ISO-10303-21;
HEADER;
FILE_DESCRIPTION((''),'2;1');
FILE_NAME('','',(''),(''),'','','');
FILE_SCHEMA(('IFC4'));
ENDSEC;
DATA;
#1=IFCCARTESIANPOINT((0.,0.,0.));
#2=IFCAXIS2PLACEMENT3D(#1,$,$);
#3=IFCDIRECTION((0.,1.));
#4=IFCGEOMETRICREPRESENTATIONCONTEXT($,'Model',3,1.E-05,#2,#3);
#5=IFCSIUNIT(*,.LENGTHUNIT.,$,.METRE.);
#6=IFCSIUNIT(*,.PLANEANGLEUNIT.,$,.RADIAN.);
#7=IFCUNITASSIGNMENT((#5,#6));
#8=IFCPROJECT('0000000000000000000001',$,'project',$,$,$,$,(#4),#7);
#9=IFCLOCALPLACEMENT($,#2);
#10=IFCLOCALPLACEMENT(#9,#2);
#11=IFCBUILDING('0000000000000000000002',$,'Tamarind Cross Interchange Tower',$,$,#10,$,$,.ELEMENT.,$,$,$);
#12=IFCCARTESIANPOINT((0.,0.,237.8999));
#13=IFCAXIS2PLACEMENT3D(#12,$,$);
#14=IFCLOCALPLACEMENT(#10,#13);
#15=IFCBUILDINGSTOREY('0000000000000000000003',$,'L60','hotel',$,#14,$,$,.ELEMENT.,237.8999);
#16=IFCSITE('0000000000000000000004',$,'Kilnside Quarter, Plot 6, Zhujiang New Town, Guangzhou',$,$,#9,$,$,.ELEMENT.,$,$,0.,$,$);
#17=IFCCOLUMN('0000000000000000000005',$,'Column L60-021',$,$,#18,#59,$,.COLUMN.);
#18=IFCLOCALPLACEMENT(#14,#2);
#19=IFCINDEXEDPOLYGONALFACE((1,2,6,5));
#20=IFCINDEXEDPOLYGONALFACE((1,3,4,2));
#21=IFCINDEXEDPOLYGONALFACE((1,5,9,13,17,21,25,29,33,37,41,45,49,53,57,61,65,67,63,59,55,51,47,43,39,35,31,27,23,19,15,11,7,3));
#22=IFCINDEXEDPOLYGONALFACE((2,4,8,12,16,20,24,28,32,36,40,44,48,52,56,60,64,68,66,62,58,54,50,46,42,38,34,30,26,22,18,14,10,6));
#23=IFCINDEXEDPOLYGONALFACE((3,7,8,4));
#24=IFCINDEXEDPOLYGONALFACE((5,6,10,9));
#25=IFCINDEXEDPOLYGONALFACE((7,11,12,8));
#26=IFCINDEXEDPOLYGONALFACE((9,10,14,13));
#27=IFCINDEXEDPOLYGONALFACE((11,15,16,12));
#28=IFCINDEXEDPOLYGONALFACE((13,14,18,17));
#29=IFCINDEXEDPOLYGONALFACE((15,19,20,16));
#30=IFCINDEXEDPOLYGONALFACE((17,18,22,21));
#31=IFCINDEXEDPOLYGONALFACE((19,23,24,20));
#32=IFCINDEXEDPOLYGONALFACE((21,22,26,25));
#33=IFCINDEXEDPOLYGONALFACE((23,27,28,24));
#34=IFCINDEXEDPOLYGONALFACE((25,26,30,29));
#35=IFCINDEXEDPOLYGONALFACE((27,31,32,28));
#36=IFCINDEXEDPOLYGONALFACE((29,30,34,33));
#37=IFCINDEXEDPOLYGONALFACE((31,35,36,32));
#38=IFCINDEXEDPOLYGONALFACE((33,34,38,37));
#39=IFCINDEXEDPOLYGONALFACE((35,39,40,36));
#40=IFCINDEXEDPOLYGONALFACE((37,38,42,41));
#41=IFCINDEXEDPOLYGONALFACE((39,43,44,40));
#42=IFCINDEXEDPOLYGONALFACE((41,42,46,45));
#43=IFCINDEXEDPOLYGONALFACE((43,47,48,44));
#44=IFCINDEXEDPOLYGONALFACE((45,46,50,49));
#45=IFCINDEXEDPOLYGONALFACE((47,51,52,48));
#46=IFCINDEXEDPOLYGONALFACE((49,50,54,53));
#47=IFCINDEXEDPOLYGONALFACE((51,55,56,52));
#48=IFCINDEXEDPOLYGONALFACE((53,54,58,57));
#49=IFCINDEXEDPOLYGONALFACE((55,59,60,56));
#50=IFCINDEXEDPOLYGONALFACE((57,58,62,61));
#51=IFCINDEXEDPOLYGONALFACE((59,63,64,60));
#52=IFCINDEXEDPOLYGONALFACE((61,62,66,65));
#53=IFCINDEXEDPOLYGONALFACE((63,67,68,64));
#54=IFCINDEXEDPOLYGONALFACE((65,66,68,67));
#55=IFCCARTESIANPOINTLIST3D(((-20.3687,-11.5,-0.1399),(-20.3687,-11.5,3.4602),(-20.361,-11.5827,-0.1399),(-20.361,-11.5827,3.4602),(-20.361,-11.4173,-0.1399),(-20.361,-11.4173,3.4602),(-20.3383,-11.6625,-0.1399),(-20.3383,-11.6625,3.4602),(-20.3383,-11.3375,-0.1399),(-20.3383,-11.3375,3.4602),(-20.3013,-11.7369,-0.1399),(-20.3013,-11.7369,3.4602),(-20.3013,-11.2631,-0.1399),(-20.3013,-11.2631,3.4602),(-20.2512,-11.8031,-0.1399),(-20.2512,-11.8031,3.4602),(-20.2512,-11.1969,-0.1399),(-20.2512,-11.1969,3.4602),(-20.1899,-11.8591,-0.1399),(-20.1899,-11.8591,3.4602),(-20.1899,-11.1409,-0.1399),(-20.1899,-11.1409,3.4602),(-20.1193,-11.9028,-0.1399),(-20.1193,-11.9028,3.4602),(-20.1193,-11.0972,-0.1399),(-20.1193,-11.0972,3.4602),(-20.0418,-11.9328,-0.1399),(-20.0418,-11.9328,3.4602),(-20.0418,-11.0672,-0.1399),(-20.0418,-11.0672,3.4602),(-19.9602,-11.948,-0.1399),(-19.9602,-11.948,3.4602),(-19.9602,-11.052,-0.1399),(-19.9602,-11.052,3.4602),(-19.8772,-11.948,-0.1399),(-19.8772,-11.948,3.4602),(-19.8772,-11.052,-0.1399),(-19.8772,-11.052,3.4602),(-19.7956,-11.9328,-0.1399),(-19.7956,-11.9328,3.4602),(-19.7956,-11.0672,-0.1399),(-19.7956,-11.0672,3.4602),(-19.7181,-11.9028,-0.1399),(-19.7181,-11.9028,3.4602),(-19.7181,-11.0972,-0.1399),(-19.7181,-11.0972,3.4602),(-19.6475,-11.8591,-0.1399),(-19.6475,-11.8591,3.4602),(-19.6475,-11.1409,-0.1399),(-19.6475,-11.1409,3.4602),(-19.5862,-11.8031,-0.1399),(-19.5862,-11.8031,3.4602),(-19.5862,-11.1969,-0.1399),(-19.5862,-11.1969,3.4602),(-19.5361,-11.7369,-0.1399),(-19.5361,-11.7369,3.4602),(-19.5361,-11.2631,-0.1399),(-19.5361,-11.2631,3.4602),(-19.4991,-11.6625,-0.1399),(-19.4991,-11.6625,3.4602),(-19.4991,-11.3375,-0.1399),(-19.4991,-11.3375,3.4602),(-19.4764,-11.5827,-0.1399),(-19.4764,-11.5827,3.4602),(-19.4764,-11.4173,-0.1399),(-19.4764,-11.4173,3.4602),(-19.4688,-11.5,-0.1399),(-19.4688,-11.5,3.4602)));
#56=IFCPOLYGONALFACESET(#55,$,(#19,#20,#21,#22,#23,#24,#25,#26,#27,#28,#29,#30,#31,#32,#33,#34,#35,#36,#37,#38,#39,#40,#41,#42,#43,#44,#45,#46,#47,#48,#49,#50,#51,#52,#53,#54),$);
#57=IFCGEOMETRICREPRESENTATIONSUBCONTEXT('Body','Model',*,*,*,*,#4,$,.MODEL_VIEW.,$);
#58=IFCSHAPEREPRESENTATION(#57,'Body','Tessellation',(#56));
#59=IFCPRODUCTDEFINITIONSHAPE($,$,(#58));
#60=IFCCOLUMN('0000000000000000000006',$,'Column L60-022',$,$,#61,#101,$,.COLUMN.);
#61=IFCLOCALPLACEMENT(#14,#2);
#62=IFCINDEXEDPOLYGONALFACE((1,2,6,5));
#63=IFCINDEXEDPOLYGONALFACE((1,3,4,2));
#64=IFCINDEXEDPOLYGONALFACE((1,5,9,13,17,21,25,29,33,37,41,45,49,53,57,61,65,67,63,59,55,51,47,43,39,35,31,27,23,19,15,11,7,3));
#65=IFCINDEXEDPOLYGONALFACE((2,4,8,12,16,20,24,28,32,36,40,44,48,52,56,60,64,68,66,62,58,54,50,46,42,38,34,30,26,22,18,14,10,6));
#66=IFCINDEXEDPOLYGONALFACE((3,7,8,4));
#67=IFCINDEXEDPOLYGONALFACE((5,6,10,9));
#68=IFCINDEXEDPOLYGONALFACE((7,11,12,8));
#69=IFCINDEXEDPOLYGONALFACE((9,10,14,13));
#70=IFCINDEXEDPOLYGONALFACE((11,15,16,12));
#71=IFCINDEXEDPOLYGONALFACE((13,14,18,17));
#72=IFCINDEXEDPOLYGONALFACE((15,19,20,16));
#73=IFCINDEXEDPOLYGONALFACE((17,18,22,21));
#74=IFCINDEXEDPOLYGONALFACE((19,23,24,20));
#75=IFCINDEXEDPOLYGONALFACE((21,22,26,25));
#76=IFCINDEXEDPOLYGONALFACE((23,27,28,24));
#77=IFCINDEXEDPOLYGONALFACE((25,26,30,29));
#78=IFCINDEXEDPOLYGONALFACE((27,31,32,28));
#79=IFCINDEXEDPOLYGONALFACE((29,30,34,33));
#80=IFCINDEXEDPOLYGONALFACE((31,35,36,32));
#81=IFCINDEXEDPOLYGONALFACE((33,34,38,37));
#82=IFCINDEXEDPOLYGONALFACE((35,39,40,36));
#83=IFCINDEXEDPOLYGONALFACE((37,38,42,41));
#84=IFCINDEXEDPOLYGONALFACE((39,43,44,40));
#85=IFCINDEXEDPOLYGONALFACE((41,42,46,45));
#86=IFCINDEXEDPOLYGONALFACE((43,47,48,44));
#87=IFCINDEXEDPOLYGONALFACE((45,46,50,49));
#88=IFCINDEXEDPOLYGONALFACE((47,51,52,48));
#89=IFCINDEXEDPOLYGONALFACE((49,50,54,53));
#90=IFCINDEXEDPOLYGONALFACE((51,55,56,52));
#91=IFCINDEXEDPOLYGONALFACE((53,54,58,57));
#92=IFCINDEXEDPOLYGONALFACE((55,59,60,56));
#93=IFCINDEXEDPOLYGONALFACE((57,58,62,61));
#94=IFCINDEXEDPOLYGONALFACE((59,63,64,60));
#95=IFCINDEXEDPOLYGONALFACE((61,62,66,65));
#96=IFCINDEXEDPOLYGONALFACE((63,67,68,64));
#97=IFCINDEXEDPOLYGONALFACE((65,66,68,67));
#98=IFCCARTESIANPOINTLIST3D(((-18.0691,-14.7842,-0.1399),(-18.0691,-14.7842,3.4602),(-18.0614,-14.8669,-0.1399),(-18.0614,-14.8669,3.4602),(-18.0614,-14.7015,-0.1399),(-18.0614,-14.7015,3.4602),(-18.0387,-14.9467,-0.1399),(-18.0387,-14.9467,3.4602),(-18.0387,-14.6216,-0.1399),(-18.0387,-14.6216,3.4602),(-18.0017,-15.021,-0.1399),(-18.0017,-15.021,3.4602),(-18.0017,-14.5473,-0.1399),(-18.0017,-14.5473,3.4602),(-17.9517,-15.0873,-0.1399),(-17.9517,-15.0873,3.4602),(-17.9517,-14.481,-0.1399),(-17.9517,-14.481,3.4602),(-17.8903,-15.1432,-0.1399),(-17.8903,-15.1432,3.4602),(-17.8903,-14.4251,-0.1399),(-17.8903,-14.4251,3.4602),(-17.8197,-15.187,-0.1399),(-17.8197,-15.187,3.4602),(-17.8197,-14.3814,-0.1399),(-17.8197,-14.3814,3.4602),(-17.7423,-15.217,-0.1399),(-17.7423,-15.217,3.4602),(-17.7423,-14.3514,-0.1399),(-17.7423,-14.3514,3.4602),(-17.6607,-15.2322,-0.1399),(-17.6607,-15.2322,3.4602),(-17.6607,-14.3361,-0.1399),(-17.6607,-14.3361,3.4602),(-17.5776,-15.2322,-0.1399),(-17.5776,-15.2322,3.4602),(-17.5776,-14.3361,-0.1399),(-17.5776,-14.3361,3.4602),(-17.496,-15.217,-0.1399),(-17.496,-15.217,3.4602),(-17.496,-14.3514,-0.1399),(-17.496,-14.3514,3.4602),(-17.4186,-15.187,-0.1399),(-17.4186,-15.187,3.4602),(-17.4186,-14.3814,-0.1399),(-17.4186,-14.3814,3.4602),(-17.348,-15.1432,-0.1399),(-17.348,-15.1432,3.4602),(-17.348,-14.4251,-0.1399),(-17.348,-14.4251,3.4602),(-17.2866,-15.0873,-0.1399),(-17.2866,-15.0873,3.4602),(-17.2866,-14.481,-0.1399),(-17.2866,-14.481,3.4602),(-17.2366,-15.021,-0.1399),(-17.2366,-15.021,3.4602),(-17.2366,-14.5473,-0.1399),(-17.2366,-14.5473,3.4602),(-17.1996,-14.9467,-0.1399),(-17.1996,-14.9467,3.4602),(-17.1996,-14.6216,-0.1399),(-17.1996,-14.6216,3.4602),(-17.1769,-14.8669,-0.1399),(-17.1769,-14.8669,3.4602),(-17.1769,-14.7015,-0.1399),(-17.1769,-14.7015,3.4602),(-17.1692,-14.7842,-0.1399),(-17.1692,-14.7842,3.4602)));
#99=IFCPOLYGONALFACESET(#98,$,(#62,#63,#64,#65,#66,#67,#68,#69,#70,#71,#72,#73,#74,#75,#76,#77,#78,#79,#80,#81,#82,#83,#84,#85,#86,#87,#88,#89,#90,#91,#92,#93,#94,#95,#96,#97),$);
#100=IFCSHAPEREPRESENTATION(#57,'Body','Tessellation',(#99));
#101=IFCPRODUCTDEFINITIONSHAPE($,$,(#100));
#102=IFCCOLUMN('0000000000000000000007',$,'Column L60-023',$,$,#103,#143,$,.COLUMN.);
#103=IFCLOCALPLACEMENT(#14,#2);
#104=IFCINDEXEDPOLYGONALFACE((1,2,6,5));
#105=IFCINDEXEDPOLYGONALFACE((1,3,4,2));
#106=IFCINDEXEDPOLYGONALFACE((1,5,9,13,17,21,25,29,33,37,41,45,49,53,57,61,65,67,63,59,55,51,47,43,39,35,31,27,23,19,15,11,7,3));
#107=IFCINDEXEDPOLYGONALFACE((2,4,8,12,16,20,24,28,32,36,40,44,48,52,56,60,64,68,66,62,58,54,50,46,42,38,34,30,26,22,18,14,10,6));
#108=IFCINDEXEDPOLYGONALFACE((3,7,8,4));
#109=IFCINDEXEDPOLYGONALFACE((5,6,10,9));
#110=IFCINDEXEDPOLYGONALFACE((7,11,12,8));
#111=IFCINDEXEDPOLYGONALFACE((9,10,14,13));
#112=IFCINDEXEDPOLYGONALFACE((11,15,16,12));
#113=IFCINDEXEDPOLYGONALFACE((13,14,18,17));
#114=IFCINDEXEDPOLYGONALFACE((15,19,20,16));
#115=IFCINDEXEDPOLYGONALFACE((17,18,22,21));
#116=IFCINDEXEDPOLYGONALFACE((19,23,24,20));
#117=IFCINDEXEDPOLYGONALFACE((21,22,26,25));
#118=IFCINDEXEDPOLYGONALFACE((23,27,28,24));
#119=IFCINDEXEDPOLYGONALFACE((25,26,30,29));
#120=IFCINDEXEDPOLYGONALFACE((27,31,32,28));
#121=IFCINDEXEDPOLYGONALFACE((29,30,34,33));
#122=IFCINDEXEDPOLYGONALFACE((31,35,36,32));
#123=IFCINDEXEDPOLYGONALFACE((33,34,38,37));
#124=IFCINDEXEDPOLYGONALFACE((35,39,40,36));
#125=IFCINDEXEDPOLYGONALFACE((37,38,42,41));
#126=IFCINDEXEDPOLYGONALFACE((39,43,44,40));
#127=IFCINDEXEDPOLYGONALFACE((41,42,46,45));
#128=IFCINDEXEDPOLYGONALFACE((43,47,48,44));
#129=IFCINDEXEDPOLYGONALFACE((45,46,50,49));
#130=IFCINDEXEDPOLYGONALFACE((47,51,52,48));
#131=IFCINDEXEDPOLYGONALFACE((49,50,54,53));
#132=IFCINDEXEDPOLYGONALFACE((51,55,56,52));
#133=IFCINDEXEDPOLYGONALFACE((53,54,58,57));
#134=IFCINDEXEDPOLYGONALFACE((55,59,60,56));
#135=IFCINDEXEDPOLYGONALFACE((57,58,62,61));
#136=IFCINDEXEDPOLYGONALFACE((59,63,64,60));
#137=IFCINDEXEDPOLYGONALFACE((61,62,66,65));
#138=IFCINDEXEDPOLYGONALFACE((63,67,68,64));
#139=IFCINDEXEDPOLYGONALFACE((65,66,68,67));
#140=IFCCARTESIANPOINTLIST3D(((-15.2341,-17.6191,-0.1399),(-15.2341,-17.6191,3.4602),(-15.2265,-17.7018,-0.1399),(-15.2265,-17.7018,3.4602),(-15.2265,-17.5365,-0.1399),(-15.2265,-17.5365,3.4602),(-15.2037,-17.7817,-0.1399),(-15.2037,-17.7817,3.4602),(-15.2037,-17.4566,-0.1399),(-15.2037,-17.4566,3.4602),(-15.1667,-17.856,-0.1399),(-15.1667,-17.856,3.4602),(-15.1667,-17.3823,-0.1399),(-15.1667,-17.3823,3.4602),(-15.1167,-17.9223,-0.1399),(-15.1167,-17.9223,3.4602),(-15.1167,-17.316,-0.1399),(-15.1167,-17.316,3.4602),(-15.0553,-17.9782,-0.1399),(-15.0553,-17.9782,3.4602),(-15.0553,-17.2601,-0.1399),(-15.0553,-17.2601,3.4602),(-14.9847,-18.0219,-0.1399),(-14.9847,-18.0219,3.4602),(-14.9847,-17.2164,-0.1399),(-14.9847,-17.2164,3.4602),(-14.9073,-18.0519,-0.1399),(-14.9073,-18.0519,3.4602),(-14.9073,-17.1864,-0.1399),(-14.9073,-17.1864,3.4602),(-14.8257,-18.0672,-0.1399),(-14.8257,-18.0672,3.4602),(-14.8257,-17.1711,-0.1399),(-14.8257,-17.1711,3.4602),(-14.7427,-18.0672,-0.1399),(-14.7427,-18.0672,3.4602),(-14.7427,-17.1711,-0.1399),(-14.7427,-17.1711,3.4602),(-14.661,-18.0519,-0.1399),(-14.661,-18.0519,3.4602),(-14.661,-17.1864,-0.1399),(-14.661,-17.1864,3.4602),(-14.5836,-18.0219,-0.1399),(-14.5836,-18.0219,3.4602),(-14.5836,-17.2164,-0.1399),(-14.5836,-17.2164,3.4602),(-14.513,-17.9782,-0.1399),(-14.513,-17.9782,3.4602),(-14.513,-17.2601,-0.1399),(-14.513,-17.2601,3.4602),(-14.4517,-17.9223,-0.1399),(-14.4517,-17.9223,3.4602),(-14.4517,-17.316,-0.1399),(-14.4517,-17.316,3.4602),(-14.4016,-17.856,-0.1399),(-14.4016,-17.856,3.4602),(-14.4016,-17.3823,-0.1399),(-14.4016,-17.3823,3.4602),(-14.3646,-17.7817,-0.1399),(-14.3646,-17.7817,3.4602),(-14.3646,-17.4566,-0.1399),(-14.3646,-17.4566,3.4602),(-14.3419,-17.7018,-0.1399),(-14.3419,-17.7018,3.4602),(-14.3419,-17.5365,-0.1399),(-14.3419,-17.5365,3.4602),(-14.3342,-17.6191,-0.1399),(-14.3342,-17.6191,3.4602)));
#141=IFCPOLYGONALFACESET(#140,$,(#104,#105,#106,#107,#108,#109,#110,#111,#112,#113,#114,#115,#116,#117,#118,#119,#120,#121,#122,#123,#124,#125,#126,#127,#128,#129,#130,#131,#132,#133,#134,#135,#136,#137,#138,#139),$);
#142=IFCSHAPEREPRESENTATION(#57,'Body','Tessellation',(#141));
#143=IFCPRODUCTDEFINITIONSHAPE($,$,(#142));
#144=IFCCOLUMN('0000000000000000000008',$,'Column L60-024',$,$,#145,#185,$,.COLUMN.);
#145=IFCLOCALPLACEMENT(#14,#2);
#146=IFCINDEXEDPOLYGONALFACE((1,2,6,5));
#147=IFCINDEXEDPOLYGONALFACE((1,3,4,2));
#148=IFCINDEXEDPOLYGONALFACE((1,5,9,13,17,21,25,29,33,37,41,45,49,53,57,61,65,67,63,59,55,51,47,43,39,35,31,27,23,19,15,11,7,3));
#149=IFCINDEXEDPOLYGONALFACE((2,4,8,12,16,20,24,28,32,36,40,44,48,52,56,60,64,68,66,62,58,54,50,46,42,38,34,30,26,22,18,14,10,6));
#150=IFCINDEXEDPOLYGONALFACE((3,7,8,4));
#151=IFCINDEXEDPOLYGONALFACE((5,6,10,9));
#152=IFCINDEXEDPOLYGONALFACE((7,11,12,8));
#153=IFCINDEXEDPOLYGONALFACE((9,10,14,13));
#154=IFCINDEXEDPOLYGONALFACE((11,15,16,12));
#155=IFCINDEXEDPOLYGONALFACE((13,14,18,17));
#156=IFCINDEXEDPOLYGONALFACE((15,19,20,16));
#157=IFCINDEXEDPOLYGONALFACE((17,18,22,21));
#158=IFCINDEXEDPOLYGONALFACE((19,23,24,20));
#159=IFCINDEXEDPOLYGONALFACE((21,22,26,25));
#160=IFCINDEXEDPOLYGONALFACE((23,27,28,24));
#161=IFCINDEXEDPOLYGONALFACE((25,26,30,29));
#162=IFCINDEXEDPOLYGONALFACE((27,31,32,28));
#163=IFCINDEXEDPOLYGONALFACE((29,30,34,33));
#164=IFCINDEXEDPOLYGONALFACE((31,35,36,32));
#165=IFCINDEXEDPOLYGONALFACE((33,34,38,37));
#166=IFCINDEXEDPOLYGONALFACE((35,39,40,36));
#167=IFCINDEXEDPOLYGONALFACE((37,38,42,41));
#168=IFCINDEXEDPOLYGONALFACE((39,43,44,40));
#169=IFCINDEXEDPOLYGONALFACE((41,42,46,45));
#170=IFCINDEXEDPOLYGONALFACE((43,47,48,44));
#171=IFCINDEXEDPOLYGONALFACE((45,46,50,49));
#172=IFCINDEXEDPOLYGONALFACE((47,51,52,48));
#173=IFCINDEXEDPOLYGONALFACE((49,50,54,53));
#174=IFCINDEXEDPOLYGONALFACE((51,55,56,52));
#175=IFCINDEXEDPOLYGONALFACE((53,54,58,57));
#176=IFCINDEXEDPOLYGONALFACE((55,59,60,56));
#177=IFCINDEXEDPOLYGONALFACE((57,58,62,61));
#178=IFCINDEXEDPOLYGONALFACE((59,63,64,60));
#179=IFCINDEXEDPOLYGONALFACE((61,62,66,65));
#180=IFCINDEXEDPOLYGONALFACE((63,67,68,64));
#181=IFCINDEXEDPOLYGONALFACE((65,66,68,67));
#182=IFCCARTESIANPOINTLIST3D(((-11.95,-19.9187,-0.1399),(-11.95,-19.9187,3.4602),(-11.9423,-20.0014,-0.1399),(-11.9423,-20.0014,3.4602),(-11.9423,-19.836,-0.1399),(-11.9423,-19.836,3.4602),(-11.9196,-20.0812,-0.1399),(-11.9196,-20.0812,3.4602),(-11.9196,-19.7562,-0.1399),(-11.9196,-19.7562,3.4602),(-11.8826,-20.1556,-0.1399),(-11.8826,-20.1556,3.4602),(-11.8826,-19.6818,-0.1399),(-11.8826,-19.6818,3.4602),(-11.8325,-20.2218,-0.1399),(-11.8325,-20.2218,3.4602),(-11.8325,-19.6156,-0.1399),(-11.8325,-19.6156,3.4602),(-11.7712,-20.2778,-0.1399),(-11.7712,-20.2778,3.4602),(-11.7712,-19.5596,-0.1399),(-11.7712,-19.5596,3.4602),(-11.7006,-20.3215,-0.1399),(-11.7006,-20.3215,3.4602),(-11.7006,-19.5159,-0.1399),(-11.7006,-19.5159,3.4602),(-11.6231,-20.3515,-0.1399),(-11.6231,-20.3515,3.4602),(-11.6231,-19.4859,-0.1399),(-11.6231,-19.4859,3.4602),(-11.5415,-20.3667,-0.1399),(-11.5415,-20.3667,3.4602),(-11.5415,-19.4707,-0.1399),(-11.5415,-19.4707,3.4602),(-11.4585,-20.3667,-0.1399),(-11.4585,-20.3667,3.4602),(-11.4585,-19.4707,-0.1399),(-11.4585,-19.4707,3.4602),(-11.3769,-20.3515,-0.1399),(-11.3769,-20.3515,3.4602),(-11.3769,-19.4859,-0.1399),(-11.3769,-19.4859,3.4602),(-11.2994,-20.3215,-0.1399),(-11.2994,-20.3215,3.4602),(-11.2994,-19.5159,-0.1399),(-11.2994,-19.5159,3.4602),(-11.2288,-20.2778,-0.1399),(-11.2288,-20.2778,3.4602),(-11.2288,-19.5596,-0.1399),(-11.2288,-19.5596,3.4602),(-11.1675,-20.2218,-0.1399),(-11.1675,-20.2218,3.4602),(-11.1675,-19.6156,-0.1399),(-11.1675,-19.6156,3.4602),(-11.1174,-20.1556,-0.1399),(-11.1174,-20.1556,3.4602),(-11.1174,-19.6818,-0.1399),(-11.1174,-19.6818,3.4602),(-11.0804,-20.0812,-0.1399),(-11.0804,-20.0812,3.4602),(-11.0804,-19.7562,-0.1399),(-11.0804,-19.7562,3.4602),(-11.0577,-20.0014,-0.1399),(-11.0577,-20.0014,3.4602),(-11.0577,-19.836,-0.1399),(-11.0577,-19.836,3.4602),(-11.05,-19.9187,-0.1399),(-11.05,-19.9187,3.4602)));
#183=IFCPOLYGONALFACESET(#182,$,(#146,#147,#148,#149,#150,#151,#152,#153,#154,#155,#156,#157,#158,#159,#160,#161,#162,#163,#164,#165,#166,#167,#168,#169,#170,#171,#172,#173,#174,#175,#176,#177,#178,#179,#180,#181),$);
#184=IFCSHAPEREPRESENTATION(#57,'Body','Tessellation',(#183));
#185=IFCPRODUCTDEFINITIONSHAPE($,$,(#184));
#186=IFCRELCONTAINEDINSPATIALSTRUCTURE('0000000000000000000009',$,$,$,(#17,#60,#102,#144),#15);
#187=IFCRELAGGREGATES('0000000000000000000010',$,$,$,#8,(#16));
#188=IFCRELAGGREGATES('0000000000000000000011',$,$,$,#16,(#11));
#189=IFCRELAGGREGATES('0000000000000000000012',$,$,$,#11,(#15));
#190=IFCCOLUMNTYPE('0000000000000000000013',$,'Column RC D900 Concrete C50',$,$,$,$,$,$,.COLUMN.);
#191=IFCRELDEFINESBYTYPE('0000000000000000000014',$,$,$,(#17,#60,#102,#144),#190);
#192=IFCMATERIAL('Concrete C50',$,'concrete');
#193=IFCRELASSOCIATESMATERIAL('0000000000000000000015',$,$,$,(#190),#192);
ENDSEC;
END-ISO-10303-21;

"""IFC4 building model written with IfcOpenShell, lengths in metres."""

from ifc_helpers import new_model, si_unit, direction, frame, origin, origin_2d, place, context, subcontext, project, spatial, circle, extrude, material, material_profile, profile_set, type_object, element, save


model = new_model("IFC4")

# Units and contexts
model_context = context("Model", 3, precision=1e-05, world=origin(), true_north=direction((0.0, 1.0)))
body_context = subcontext(model_context, "Body", "Model", "MODEL_VIEW")
ifc_project = project(units=[si_unit("LENGTHUNIT", "METRE"), si_unit("PLANEANGLEUNIT", "RADIAN")], contexts=[model_context])

# Site, building, storey
site_placement = place(None, origin())
site = spatial("IfcSite", under=ifc_project, at=site_placement, Name="Kilnside Quarter, Plot 6, Zhujiang New Town, Guangzhou", CompositionType="ELEMENT", RefElevation=0.0)
building_placement = place(site_placement, origin())
building = spatial("IfcBuilding", under=site, at=building_placement, Name="Tamarind Cross Interchange Tower", CompositionType="ELEMENT")
storey_placement = place(building_placement, frame((0.0, 0.0, 237.8999)))
storey = spatial("IfcBuildingStorey", under=building, at=storey_placement, Name="L60", Description="hotel", CompositionType="ELEMENT", Elevation=237.8999)

# Columns
ifc_material_1 = material(Name="Concrete C50", Category="concrete")
ifc_material_profile_1 = material_profile(ifc_material_1, circle(Radius=0.45, at=origin_2d()), Name="RC D900")
ifc_profile_set_1 = profile_set([ifc_material_profile_1], Name="Concrete C50")
column_type = type_object("IfcColumnType", Name="Column RC D900 Concrete C50", PredefinedType="COLUMN", material=ifc_profile_set_1)
for number, where, z_axis, x_axis, name in (
    (1, (-19.9187, -11.5, -0.1399), (0.0, 0.0, 1.0), (1.0, 0.0, 0.0), "Column L60-021"),
    (2, (-17.6191, -14.7842, -0.1399), (0.0, 0.0, 1.0), (1.0, 0.0, 0.0), "Column L60-022"),
    (3, (-14.7842, -17.6191, -0.1399), (0.0, 0.0, 1.0), (1.0, 0.0, 0.0), "Column L60-023"),
    (4, (-11.5, -19.9187, -0.1399), (0.0, 0.0, 1.0), (1.0, 0.0, 0.0), "Column L60-024"),
):
    element("IfcColumn", number, at=place(storey_placement, frame(where, z_axis=z_axis, x_axis=x_axis)), inside=storey, type_object=column_type, Name=name, PredefinedType="COLUMN", context=body_context, shape_type="SweptSolid", body=[
        extrude(circle(Radius=0.45, at=origin_2d()), origin(), (0.0, 0.0, 1.0), 3.6001),
    ])

save(model, "model.ifc")
